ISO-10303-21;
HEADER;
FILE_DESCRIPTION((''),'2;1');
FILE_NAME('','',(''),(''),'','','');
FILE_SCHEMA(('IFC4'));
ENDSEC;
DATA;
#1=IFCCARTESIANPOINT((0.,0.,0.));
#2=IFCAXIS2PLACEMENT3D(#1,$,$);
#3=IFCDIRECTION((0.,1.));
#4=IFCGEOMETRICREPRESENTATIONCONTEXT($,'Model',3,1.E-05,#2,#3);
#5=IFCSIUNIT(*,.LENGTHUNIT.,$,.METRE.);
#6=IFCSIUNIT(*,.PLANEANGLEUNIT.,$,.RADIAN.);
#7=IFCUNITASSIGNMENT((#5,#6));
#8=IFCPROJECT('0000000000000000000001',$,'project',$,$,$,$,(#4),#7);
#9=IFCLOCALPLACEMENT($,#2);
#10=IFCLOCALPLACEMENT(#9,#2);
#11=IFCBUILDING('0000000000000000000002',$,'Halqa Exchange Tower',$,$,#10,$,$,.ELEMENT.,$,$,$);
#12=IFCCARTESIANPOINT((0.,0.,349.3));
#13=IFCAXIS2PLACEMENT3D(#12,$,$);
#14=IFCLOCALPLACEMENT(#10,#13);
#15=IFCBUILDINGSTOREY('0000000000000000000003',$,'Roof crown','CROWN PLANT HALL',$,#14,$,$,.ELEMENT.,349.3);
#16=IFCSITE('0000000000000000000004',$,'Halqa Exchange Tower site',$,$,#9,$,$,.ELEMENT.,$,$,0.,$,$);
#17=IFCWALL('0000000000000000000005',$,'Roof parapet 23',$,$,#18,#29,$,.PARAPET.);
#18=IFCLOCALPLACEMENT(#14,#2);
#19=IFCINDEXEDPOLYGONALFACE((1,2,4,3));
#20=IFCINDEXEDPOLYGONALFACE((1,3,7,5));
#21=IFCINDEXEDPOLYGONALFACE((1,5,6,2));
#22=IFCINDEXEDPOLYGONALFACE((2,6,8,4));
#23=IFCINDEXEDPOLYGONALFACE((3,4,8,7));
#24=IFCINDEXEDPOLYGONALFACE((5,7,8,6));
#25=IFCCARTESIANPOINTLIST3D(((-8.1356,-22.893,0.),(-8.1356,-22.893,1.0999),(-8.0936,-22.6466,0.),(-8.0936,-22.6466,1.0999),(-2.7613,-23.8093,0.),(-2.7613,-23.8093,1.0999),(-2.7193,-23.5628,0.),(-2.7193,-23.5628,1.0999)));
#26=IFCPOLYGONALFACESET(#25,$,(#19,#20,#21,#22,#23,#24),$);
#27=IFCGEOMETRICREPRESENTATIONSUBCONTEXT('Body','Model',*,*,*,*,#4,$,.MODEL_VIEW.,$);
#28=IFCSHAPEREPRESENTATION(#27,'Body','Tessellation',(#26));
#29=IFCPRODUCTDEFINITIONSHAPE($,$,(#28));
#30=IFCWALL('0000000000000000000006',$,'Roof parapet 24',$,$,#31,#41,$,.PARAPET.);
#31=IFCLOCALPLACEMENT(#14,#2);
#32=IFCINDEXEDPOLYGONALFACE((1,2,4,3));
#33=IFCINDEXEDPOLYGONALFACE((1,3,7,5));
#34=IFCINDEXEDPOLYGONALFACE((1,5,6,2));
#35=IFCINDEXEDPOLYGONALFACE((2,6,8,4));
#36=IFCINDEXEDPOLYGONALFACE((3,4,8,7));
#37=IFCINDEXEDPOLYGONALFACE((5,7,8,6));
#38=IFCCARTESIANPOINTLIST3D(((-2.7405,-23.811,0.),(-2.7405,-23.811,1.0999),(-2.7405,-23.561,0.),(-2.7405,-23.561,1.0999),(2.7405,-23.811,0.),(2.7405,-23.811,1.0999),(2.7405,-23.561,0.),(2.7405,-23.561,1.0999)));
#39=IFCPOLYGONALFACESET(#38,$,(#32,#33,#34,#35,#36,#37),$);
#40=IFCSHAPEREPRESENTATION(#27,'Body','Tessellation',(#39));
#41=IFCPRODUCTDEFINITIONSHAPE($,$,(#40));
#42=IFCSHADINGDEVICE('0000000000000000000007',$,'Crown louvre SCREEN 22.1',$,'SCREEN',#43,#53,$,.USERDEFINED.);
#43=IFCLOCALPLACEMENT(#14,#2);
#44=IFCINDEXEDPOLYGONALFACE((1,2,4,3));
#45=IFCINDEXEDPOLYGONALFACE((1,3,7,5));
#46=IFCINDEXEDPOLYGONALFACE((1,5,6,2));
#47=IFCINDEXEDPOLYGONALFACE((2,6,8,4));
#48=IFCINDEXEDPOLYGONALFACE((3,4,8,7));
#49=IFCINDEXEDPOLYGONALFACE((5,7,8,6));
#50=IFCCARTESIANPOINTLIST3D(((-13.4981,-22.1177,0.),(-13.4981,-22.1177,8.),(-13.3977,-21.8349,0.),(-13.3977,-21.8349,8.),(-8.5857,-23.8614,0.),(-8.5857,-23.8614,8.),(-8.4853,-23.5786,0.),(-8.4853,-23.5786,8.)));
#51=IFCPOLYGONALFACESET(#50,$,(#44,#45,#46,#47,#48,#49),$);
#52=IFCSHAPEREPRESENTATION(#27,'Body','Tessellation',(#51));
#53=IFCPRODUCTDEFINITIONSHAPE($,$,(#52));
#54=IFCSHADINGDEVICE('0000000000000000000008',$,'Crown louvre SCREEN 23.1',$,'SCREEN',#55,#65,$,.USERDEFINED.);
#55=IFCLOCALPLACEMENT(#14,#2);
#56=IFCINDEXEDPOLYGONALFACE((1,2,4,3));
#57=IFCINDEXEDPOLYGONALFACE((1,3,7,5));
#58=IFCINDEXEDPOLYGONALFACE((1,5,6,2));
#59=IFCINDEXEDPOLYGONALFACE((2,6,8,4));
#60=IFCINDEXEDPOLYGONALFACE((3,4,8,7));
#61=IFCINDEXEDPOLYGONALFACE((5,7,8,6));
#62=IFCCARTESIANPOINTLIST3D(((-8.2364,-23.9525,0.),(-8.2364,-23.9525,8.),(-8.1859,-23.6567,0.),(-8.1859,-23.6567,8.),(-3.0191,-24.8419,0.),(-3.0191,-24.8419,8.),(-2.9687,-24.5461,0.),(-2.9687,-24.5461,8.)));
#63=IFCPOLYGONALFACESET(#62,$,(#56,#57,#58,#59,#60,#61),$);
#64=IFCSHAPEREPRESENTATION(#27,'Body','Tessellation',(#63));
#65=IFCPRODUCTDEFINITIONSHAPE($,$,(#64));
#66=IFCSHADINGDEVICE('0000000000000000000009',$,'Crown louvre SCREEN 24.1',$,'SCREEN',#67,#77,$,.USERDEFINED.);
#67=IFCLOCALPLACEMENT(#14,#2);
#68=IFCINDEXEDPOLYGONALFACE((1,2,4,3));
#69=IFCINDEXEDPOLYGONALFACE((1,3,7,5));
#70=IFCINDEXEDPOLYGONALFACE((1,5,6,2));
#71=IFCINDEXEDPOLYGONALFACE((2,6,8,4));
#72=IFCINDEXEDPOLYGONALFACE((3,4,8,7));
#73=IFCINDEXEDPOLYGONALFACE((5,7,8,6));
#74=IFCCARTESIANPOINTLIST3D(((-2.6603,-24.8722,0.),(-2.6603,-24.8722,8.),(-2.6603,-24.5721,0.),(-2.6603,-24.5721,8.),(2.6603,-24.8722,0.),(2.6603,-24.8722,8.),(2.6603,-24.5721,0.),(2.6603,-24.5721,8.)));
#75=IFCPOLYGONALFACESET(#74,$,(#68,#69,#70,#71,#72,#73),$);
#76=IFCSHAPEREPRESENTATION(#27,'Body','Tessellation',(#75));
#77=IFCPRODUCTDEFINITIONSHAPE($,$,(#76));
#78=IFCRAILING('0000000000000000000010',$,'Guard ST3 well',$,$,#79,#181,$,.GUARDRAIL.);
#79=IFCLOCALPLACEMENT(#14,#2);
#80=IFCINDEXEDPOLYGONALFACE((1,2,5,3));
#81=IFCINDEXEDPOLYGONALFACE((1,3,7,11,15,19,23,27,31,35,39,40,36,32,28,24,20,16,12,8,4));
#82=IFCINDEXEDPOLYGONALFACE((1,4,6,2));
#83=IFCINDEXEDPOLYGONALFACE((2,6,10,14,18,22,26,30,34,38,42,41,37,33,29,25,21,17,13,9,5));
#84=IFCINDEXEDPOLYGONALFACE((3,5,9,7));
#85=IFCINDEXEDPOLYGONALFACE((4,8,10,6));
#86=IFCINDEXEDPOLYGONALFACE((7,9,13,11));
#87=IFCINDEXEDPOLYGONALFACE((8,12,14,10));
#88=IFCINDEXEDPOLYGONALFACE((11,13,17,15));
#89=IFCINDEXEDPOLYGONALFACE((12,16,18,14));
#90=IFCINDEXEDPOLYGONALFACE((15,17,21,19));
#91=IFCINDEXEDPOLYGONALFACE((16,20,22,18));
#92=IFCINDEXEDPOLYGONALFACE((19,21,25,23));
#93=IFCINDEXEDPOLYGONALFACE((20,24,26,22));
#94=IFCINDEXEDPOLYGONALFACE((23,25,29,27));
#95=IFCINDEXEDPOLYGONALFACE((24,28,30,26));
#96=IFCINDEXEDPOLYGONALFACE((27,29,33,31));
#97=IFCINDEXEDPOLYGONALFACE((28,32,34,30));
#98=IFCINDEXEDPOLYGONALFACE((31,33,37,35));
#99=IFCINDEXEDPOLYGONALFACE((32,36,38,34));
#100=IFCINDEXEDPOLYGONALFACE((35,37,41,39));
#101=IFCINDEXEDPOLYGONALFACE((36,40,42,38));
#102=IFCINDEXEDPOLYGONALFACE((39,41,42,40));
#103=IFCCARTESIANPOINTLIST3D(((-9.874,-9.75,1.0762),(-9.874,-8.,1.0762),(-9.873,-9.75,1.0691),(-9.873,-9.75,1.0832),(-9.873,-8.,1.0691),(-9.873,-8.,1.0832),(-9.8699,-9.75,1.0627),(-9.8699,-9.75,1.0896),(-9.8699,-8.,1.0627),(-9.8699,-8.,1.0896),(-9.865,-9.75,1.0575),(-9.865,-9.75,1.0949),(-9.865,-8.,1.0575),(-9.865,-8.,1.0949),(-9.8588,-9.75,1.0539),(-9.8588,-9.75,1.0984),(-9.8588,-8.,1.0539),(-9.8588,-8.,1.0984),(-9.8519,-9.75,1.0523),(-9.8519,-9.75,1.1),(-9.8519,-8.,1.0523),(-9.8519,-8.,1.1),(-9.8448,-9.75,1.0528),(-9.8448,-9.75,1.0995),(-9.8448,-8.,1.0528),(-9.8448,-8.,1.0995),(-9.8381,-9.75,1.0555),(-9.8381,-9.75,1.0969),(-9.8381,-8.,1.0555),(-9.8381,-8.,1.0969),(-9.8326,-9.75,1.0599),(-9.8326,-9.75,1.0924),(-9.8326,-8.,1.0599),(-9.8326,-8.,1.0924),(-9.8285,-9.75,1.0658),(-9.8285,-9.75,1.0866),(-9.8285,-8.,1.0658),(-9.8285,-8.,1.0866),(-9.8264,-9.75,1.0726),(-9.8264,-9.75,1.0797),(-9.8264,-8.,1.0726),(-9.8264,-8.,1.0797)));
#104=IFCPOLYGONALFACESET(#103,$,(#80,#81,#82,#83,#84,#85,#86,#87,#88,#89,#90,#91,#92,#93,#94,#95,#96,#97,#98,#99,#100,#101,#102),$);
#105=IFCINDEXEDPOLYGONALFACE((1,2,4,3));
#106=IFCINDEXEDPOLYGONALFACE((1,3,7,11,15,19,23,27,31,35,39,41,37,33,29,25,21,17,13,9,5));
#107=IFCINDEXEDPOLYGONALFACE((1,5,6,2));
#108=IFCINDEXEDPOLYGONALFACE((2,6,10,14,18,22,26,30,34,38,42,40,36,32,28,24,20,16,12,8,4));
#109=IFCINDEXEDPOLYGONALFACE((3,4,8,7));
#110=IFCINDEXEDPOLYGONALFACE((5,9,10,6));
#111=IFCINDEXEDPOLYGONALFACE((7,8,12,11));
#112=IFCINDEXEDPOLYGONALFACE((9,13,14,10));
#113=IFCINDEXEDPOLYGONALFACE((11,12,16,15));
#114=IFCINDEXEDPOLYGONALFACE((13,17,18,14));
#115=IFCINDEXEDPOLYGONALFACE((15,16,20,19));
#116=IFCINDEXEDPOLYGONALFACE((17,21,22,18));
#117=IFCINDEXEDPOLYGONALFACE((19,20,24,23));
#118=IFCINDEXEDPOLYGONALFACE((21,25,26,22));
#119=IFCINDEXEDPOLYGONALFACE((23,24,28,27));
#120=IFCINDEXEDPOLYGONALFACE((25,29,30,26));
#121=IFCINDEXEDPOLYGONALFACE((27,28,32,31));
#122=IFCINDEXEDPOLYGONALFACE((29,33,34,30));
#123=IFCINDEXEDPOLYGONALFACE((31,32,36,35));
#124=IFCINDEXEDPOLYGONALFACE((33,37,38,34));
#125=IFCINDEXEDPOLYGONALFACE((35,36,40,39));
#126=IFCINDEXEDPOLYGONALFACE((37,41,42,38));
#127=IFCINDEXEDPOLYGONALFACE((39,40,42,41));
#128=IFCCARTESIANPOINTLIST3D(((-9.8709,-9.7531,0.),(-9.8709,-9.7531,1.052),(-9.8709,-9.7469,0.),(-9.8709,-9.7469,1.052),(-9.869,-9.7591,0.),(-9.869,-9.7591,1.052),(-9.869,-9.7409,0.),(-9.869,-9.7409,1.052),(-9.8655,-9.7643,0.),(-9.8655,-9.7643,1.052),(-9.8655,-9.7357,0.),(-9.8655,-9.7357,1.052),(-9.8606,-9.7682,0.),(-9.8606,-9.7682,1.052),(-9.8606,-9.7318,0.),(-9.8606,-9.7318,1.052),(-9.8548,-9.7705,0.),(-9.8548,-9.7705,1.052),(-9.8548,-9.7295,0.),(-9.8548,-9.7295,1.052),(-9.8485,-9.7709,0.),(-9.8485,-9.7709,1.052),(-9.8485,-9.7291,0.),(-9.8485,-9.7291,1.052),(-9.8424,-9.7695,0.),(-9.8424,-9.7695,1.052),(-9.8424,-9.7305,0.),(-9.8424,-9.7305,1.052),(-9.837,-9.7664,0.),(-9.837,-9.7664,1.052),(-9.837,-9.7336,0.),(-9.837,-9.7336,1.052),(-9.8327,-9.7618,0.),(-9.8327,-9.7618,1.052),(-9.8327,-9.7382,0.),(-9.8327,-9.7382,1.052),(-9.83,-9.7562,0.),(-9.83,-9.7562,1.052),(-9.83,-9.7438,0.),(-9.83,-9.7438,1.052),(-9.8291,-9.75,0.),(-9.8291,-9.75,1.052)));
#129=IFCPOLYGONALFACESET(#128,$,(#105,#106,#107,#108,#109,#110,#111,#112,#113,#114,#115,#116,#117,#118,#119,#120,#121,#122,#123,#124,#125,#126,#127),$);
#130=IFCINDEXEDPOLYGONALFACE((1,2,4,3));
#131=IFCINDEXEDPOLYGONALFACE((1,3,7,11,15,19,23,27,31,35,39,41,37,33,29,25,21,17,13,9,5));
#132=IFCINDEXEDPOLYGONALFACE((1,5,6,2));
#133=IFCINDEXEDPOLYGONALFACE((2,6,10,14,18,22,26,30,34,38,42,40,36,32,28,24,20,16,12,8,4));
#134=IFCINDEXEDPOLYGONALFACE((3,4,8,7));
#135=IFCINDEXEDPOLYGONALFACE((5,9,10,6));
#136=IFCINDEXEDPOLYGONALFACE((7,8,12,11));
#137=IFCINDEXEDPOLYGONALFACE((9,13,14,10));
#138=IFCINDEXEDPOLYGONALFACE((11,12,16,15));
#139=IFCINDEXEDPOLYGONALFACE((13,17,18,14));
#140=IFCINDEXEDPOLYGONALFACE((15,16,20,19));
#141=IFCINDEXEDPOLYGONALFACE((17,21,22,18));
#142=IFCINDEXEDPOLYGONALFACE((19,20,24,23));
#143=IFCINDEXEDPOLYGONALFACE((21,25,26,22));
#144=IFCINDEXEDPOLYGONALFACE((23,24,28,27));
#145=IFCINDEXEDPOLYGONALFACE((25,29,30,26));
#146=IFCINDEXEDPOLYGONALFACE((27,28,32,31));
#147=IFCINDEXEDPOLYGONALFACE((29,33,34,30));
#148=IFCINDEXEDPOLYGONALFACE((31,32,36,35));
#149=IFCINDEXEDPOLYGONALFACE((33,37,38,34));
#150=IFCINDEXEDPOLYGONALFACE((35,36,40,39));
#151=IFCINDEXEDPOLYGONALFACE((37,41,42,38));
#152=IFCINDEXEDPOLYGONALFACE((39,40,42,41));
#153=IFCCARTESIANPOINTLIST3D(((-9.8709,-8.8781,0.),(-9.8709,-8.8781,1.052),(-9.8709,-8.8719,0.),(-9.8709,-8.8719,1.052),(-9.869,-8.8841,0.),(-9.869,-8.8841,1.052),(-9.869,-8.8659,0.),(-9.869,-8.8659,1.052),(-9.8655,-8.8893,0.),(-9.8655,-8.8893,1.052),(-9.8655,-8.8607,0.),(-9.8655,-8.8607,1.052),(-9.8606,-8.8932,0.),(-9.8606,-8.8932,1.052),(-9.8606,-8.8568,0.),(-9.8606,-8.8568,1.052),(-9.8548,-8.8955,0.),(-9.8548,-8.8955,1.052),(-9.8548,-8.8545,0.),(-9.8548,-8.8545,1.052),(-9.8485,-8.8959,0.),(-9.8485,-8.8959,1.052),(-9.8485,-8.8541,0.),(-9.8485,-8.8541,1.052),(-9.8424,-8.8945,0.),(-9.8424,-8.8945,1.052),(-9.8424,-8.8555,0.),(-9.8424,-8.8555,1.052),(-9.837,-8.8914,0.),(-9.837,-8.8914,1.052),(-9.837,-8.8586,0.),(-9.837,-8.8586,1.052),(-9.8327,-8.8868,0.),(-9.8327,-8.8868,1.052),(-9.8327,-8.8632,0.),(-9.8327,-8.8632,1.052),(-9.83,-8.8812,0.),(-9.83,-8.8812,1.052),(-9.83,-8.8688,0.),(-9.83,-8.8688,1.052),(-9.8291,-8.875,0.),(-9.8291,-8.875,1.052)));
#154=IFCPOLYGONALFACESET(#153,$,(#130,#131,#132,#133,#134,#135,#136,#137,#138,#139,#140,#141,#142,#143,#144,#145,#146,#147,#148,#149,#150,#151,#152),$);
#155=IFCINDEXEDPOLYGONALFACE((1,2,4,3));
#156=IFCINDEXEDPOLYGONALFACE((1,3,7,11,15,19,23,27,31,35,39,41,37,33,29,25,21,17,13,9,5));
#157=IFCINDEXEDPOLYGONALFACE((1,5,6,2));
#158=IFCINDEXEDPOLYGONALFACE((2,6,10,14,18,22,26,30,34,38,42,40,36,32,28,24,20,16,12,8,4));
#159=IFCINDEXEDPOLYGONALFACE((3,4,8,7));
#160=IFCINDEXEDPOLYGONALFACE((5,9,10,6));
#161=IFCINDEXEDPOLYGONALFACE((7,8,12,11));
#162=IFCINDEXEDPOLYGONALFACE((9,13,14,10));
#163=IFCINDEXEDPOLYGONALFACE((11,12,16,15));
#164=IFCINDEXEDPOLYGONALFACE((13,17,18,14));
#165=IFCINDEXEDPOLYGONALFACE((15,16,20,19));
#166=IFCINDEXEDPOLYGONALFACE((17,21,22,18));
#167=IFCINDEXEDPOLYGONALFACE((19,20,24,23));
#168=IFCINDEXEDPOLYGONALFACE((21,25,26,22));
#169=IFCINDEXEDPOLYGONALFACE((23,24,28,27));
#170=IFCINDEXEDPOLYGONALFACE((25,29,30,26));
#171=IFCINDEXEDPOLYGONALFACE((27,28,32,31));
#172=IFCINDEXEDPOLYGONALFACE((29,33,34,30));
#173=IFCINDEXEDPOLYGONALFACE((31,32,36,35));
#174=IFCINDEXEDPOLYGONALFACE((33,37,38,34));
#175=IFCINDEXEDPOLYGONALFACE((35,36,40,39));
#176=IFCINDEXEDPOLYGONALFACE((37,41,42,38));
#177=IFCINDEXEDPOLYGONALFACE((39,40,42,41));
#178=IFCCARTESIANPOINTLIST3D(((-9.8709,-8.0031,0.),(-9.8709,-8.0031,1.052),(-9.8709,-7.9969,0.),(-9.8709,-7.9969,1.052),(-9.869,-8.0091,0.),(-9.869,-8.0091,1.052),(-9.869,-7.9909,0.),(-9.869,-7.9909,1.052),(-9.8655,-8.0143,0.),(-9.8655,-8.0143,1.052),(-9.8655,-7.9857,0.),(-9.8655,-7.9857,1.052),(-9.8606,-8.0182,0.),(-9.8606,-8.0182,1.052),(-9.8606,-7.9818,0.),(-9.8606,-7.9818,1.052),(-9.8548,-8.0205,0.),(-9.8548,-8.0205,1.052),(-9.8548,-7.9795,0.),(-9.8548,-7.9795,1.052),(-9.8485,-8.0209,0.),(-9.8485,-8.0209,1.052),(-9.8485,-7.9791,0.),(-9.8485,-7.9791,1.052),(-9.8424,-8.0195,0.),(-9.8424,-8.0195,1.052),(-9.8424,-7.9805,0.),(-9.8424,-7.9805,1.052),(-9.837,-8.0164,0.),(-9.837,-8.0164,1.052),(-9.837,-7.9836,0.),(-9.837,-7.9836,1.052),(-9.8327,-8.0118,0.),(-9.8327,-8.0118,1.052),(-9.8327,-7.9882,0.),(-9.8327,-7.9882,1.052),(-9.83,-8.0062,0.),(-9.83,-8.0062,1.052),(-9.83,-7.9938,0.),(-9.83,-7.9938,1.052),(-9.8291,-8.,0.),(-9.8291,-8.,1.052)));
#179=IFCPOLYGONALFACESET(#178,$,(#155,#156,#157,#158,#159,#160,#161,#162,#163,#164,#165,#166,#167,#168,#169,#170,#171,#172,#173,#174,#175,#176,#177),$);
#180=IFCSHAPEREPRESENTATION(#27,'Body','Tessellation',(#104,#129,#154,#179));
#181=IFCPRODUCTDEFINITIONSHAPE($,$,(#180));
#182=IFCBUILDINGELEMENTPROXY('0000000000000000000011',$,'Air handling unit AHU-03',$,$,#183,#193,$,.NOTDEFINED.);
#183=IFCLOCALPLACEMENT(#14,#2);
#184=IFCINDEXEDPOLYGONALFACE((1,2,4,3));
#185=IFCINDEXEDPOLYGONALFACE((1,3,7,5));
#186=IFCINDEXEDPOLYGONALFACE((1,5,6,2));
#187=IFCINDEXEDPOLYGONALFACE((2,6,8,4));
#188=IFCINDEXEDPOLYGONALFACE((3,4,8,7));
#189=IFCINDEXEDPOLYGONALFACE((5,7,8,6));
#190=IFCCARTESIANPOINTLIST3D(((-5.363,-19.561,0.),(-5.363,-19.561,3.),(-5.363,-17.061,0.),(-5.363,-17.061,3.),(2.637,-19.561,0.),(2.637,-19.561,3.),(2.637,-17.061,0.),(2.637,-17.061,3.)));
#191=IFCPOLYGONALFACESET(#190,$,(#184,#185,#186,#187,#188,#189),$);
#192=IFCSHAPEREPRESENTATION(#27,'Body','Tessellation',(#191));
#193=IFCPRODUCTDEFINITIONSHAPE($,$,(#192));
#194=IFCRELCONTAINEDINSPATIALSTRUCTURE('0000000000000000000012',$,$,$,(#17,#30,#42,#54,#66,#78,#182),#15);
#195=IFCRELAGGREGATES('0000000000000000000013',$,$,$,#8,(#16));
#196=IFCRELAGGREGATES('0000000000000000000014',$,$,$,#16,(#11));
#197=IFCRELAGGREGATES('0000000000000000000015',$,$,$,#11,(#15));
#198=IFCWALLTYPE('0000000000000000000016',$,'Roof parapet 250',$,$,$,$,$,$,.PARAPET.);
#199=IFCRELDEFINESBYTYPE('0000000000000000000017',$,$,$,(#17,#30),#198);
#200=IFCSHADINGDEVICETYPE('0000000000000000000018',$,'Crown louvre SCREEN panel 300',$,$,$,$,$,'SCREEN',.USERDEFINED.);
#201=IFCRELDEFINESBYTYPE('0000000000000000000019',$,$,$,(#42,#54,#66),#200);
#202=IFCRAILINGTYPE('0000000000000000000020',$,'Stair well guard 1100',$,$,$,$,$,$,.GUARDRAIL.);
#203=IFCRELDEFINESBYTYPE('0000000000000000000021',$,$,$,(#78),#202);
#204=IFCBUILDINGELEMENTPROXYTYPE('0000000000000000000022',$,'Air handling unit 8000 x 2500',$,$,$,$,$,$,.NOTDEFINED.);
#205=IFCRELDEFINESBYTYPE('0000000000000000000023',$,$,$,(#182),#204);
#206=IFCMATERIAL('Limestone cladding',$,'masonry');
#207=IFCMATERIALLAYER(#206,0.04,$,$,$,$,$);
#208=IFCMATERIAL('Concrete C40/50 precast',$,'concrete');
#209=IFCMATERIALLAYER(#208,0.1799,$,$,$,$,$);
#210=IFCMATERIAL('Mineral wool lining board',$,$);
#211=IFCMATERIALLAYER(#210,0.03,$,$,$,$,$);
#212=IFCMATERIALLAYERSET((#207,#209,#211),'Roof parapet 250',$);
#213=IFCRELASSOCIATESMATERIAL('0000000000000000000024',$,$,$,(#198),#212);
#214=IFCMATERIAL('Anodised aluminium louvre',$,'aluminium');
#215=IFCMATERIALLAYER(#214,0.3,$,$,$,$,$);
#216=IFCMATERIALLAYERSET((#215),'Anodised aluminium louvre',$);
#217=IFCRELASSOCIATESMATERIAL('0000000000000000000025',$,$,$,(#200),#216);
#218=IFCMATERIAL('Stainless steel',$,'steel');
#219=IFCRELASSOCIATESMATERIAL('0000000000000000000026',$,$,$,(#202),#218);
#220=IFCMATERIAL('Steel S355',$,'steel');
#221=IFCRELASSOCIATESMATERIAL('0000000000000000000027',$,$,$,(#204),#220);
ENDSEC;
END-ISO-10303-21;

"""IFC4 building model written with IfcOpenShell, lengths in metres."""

from ifc_helpers import new_model, si_unit, direction, frame, frame_2d, origin, origin_2d, place, context, subcontext, project, spatial, rectangle, circle, extrude, material, layer, layer_set, type_object, element, save


model = new_model("IFC4")

# Units and contexts
model_context = context("Model", 3, precision=1e-05, world=origin(), true_north=direction((0.0, 1.0)))
body_context = subcontext(model_context, "Body", "Model", "MODEL_VIEW")
ifc_project = project(units=[si_unit("LENGTHUNIT", "METRE"), si_unit("PLANEANGLEUNIT", "RADIAN")], contexts=[model_context])

# Site, building, storey
site_placement = place(None, origin())
site = spatial("IfcSite", under=ifc_project, at=site_placement, Name="Halqa Exchange Tower site", CompositionType="ELEMENT", RefElevation=0.0)
building_placement = place(site_placement, origin())
building = spatial("IfcBuilding", under=site, at=building_placement, Name="Halqa Exchange Tower", CompositionType="ELEMENT")
storey_placement = place(building_placement, frame((0.0, 0.0, 349.3)))
storey = spatial("IfcBuildingStorey", under=building, at=storey_placement, Name="Roof crown", Description="CROWN PLANT HALL", CompositionType="ELEMENT", Elevation=349.3)

# Shared definitions
ifc_material_1 = material(Name="Steel S355", Category="steel")

# Walls
ifc_material_2 = material(Name="Limestone cladding", Category="masonry")
ifc_layer_1 = layer(ifc_material_2, 0.04)
ifc_material_3 = material(Name="Concrete C40/50 precast", Category="concrete")
ifc_layer_2 = layer(ifc_material_3, 0.1799)
ifc_material_4 = material(Name="Mineral wool lining board")
ifc_layer_3 = layer(ifc_material_4, 0.03)
ifc_layer_set_1 = layer_set([ifc_layer_1, ifc_layer_2, ifc_layer_3], Name="Roof parapet 250")
wall_type_1 = type_object("IfcWallType", Name="Roof parapet 250", PredefinedType="PARAPET", material=ifc_layer_set_1)
wall_1_placement = place(storey_placement, frame((-8.1147, -22.7698, 0.0), z_axis=(0.0, 0.0, 1.0), x_axis=(0.985776, -0.168065, 0.0)))
element("IfcWall", 1, at=wall_1_placement, inside=storey, type_object=wall_type_1, Name="Roof parapet 23", PredefinedType="PARAPET", context=body_context, shape_type="SweptSolid", body=[
    extrude(rectangle(XDim=5.4519, YDim=0.25, at=frame_2d((2.7261, 0.0))), origin(), (0.0, 0.0, 1.0), 1.0999),
])
wall_2_placement = place(storey_placement, frame((-2.7405, -23.686, 0.0), z_axis=(0.0, 0.0, 1.0), x_axis=(1.0, 0.0, 0.0)))
element("IfcWall", 2, at=wall_2_placement, inside=storey, type_object=wall_type_1, Name="Roof parapet 24", PredefinedType="PARAPET", context=body_context, shape_type="SweptSolid", body=[
    extrude(rectangle(XDim=5.481, YDim=0.25, at=frame_2d((2.7405, 0.0))), origin(), (0.0, 0.0, 1.0), 1.0999),
])

# Shading devices
ifc_material_5 = material(Name="Anodised aluminium louvre", Category="aluminium")
ifc_layer_4 = layer(ifc_material_5, 0.3)
ifc_layer_set_2 = layer_set([ifc_layer_4], Name="Anodised aluminium louvre")
shading_device_type = type_object("IfcShadingDeviceType", Name="Crown louvre SCREEN panel 300", ElementType="SCREEN", PredefinedType="USERDEFINED", material=ifc_layer_set_2)
shading_device_1_placement = place(storey_placement, frame((-10.9917, -22.8481, 0.0), z_axis=(0.0, 0.0, 1.0), x_axis=(0.942388, -0.334522, 0.0)))
element("IfcShadingDevice", 3, at=shading_device_1_placement, inside=storey, type_object=shading_device_type, Name="Crown louvre SCREEN 22.1", ObjectType="SCREEN", PredefinedType="USERDEFINED", context=body_context, shape_type="SweptSolid", body=[
    extrude(rectangle(XDim=5.2126, YDim=0.3, at=origin_2d()), origin(), (0.0, 0.0, 1.0), 8.0),
])
shading_device_2_placement = place(storey_placement, frame((-5.6025, -24.2493, 0.0), z_axis=(0.0, 0.0, 1.0), x_axis=(0.985778, -0.168051, 0.0)))
element("IfcShadingDevice", 4, at=shading_device_2_placement, inside=storey, type_object=shading_device_type, Name="Crown louvre SCREEN 23.1", ObjectType="SCREEN", PredefinedType="USERDEFINED", context=body_context, shape_type="SweptSolid", body=[
    extrude(rectangle(XDim=5.2925, YDim=0.3, at=origin_2d()), origin(), (0.0, 0.0, 1.0), 8.0),
])
shading_device_3_placement = place(storey_placement, frame((0.0, -24.7222, 0.0), z_axis=(0.0, 0.0, 1.0), x_axis=(1.0, 0.0, 0.0)))
element("IfcShadingDevice", 5, at=shading_device_3_placement, inside=storey, type_object=shading_device_type, Name="Crown louvre SCREEN 24.1", ObjectType="SCREEN", PredefinedType="USERDEFINED", context=body_context, shape_type="SweptSolid", body=[
    extrude(rectangle(XDim=5.3206, YDim=0.3, at=origin_2d()), origin(), (0.0, 0.0, 1.0), 8.0),
])

# Railing
ifc_material_6 = material(Name="Stainless steel", Category="steel")
railing_type = type_object("IfcRailingType", Name="Stair well guard 1100", PredefinedType="GUARDRAIL", material=ifc_material_6)
railing_placement = place(storey_placement, frame((-9.8501, -9.75, 0.0)))
element("IfcRailing", 6, at=railing_placement, inside=storey, type_object=railing_type, Name="Guard ST3 well", PredefinedType="GUARDRAIL", context=body_context, shape_type="SweptSolid", body=[
    extrude(circle(Radius=0.0239, at=origin_2d()), frame((0.0, 0.0, 1.0762), z_axis=(0.0, 1.0, 0.0), x_axis=(-1.0, 0.0, 0.0)), (0.0, 0.0, 1.0), 1.75),
    extrude(circle(Radius=0.021, at=origin_2d()), origin(), (0.0, 0.0, 1.0), 1.052),
    extrude(circle(Radius=0.021, at=origin_2d()), frame((0.0, 0.875, 0.0)), (0.0, 0.0, 1.0), 1.052),
    extrude(circle(Radius=0.021, at=origin_2d()), frame((0.0, 1.75, 0.0)), (0.0, 0.0, 1.0), 1.052),
])

# Building element proxy
building_element_proxy_type_1 = type_object("IfcBuildingElementProxyType", Name="Air handling unit 8000 x 2500", PredefinedType="NOTDEFINED", material=ifc_material_1)
proxy_1_placement = place(storey_placement, frame((-1.363, -18.311, 0.0), z_axis=(0.0, 0.0, 1.0), x_axis=(1.0, 0.0, 0.0)))
element("IfcBuildingElementProxy", 7, at=proxy_1_placement, inside=storey, type_object=building_element_proxy_type_1, Name="Air handling unit AHU-03", PredefinedType="NOTDEFINED", context=body_context, shape_type="SweptSolid", body=[
    extrude(rectangle(XDim=8.0, YDim=2.5, at=origin_2d()), origin(), (0.0, 0.0, 1.0), 3.0),
])

save(model, "model.ifc")
